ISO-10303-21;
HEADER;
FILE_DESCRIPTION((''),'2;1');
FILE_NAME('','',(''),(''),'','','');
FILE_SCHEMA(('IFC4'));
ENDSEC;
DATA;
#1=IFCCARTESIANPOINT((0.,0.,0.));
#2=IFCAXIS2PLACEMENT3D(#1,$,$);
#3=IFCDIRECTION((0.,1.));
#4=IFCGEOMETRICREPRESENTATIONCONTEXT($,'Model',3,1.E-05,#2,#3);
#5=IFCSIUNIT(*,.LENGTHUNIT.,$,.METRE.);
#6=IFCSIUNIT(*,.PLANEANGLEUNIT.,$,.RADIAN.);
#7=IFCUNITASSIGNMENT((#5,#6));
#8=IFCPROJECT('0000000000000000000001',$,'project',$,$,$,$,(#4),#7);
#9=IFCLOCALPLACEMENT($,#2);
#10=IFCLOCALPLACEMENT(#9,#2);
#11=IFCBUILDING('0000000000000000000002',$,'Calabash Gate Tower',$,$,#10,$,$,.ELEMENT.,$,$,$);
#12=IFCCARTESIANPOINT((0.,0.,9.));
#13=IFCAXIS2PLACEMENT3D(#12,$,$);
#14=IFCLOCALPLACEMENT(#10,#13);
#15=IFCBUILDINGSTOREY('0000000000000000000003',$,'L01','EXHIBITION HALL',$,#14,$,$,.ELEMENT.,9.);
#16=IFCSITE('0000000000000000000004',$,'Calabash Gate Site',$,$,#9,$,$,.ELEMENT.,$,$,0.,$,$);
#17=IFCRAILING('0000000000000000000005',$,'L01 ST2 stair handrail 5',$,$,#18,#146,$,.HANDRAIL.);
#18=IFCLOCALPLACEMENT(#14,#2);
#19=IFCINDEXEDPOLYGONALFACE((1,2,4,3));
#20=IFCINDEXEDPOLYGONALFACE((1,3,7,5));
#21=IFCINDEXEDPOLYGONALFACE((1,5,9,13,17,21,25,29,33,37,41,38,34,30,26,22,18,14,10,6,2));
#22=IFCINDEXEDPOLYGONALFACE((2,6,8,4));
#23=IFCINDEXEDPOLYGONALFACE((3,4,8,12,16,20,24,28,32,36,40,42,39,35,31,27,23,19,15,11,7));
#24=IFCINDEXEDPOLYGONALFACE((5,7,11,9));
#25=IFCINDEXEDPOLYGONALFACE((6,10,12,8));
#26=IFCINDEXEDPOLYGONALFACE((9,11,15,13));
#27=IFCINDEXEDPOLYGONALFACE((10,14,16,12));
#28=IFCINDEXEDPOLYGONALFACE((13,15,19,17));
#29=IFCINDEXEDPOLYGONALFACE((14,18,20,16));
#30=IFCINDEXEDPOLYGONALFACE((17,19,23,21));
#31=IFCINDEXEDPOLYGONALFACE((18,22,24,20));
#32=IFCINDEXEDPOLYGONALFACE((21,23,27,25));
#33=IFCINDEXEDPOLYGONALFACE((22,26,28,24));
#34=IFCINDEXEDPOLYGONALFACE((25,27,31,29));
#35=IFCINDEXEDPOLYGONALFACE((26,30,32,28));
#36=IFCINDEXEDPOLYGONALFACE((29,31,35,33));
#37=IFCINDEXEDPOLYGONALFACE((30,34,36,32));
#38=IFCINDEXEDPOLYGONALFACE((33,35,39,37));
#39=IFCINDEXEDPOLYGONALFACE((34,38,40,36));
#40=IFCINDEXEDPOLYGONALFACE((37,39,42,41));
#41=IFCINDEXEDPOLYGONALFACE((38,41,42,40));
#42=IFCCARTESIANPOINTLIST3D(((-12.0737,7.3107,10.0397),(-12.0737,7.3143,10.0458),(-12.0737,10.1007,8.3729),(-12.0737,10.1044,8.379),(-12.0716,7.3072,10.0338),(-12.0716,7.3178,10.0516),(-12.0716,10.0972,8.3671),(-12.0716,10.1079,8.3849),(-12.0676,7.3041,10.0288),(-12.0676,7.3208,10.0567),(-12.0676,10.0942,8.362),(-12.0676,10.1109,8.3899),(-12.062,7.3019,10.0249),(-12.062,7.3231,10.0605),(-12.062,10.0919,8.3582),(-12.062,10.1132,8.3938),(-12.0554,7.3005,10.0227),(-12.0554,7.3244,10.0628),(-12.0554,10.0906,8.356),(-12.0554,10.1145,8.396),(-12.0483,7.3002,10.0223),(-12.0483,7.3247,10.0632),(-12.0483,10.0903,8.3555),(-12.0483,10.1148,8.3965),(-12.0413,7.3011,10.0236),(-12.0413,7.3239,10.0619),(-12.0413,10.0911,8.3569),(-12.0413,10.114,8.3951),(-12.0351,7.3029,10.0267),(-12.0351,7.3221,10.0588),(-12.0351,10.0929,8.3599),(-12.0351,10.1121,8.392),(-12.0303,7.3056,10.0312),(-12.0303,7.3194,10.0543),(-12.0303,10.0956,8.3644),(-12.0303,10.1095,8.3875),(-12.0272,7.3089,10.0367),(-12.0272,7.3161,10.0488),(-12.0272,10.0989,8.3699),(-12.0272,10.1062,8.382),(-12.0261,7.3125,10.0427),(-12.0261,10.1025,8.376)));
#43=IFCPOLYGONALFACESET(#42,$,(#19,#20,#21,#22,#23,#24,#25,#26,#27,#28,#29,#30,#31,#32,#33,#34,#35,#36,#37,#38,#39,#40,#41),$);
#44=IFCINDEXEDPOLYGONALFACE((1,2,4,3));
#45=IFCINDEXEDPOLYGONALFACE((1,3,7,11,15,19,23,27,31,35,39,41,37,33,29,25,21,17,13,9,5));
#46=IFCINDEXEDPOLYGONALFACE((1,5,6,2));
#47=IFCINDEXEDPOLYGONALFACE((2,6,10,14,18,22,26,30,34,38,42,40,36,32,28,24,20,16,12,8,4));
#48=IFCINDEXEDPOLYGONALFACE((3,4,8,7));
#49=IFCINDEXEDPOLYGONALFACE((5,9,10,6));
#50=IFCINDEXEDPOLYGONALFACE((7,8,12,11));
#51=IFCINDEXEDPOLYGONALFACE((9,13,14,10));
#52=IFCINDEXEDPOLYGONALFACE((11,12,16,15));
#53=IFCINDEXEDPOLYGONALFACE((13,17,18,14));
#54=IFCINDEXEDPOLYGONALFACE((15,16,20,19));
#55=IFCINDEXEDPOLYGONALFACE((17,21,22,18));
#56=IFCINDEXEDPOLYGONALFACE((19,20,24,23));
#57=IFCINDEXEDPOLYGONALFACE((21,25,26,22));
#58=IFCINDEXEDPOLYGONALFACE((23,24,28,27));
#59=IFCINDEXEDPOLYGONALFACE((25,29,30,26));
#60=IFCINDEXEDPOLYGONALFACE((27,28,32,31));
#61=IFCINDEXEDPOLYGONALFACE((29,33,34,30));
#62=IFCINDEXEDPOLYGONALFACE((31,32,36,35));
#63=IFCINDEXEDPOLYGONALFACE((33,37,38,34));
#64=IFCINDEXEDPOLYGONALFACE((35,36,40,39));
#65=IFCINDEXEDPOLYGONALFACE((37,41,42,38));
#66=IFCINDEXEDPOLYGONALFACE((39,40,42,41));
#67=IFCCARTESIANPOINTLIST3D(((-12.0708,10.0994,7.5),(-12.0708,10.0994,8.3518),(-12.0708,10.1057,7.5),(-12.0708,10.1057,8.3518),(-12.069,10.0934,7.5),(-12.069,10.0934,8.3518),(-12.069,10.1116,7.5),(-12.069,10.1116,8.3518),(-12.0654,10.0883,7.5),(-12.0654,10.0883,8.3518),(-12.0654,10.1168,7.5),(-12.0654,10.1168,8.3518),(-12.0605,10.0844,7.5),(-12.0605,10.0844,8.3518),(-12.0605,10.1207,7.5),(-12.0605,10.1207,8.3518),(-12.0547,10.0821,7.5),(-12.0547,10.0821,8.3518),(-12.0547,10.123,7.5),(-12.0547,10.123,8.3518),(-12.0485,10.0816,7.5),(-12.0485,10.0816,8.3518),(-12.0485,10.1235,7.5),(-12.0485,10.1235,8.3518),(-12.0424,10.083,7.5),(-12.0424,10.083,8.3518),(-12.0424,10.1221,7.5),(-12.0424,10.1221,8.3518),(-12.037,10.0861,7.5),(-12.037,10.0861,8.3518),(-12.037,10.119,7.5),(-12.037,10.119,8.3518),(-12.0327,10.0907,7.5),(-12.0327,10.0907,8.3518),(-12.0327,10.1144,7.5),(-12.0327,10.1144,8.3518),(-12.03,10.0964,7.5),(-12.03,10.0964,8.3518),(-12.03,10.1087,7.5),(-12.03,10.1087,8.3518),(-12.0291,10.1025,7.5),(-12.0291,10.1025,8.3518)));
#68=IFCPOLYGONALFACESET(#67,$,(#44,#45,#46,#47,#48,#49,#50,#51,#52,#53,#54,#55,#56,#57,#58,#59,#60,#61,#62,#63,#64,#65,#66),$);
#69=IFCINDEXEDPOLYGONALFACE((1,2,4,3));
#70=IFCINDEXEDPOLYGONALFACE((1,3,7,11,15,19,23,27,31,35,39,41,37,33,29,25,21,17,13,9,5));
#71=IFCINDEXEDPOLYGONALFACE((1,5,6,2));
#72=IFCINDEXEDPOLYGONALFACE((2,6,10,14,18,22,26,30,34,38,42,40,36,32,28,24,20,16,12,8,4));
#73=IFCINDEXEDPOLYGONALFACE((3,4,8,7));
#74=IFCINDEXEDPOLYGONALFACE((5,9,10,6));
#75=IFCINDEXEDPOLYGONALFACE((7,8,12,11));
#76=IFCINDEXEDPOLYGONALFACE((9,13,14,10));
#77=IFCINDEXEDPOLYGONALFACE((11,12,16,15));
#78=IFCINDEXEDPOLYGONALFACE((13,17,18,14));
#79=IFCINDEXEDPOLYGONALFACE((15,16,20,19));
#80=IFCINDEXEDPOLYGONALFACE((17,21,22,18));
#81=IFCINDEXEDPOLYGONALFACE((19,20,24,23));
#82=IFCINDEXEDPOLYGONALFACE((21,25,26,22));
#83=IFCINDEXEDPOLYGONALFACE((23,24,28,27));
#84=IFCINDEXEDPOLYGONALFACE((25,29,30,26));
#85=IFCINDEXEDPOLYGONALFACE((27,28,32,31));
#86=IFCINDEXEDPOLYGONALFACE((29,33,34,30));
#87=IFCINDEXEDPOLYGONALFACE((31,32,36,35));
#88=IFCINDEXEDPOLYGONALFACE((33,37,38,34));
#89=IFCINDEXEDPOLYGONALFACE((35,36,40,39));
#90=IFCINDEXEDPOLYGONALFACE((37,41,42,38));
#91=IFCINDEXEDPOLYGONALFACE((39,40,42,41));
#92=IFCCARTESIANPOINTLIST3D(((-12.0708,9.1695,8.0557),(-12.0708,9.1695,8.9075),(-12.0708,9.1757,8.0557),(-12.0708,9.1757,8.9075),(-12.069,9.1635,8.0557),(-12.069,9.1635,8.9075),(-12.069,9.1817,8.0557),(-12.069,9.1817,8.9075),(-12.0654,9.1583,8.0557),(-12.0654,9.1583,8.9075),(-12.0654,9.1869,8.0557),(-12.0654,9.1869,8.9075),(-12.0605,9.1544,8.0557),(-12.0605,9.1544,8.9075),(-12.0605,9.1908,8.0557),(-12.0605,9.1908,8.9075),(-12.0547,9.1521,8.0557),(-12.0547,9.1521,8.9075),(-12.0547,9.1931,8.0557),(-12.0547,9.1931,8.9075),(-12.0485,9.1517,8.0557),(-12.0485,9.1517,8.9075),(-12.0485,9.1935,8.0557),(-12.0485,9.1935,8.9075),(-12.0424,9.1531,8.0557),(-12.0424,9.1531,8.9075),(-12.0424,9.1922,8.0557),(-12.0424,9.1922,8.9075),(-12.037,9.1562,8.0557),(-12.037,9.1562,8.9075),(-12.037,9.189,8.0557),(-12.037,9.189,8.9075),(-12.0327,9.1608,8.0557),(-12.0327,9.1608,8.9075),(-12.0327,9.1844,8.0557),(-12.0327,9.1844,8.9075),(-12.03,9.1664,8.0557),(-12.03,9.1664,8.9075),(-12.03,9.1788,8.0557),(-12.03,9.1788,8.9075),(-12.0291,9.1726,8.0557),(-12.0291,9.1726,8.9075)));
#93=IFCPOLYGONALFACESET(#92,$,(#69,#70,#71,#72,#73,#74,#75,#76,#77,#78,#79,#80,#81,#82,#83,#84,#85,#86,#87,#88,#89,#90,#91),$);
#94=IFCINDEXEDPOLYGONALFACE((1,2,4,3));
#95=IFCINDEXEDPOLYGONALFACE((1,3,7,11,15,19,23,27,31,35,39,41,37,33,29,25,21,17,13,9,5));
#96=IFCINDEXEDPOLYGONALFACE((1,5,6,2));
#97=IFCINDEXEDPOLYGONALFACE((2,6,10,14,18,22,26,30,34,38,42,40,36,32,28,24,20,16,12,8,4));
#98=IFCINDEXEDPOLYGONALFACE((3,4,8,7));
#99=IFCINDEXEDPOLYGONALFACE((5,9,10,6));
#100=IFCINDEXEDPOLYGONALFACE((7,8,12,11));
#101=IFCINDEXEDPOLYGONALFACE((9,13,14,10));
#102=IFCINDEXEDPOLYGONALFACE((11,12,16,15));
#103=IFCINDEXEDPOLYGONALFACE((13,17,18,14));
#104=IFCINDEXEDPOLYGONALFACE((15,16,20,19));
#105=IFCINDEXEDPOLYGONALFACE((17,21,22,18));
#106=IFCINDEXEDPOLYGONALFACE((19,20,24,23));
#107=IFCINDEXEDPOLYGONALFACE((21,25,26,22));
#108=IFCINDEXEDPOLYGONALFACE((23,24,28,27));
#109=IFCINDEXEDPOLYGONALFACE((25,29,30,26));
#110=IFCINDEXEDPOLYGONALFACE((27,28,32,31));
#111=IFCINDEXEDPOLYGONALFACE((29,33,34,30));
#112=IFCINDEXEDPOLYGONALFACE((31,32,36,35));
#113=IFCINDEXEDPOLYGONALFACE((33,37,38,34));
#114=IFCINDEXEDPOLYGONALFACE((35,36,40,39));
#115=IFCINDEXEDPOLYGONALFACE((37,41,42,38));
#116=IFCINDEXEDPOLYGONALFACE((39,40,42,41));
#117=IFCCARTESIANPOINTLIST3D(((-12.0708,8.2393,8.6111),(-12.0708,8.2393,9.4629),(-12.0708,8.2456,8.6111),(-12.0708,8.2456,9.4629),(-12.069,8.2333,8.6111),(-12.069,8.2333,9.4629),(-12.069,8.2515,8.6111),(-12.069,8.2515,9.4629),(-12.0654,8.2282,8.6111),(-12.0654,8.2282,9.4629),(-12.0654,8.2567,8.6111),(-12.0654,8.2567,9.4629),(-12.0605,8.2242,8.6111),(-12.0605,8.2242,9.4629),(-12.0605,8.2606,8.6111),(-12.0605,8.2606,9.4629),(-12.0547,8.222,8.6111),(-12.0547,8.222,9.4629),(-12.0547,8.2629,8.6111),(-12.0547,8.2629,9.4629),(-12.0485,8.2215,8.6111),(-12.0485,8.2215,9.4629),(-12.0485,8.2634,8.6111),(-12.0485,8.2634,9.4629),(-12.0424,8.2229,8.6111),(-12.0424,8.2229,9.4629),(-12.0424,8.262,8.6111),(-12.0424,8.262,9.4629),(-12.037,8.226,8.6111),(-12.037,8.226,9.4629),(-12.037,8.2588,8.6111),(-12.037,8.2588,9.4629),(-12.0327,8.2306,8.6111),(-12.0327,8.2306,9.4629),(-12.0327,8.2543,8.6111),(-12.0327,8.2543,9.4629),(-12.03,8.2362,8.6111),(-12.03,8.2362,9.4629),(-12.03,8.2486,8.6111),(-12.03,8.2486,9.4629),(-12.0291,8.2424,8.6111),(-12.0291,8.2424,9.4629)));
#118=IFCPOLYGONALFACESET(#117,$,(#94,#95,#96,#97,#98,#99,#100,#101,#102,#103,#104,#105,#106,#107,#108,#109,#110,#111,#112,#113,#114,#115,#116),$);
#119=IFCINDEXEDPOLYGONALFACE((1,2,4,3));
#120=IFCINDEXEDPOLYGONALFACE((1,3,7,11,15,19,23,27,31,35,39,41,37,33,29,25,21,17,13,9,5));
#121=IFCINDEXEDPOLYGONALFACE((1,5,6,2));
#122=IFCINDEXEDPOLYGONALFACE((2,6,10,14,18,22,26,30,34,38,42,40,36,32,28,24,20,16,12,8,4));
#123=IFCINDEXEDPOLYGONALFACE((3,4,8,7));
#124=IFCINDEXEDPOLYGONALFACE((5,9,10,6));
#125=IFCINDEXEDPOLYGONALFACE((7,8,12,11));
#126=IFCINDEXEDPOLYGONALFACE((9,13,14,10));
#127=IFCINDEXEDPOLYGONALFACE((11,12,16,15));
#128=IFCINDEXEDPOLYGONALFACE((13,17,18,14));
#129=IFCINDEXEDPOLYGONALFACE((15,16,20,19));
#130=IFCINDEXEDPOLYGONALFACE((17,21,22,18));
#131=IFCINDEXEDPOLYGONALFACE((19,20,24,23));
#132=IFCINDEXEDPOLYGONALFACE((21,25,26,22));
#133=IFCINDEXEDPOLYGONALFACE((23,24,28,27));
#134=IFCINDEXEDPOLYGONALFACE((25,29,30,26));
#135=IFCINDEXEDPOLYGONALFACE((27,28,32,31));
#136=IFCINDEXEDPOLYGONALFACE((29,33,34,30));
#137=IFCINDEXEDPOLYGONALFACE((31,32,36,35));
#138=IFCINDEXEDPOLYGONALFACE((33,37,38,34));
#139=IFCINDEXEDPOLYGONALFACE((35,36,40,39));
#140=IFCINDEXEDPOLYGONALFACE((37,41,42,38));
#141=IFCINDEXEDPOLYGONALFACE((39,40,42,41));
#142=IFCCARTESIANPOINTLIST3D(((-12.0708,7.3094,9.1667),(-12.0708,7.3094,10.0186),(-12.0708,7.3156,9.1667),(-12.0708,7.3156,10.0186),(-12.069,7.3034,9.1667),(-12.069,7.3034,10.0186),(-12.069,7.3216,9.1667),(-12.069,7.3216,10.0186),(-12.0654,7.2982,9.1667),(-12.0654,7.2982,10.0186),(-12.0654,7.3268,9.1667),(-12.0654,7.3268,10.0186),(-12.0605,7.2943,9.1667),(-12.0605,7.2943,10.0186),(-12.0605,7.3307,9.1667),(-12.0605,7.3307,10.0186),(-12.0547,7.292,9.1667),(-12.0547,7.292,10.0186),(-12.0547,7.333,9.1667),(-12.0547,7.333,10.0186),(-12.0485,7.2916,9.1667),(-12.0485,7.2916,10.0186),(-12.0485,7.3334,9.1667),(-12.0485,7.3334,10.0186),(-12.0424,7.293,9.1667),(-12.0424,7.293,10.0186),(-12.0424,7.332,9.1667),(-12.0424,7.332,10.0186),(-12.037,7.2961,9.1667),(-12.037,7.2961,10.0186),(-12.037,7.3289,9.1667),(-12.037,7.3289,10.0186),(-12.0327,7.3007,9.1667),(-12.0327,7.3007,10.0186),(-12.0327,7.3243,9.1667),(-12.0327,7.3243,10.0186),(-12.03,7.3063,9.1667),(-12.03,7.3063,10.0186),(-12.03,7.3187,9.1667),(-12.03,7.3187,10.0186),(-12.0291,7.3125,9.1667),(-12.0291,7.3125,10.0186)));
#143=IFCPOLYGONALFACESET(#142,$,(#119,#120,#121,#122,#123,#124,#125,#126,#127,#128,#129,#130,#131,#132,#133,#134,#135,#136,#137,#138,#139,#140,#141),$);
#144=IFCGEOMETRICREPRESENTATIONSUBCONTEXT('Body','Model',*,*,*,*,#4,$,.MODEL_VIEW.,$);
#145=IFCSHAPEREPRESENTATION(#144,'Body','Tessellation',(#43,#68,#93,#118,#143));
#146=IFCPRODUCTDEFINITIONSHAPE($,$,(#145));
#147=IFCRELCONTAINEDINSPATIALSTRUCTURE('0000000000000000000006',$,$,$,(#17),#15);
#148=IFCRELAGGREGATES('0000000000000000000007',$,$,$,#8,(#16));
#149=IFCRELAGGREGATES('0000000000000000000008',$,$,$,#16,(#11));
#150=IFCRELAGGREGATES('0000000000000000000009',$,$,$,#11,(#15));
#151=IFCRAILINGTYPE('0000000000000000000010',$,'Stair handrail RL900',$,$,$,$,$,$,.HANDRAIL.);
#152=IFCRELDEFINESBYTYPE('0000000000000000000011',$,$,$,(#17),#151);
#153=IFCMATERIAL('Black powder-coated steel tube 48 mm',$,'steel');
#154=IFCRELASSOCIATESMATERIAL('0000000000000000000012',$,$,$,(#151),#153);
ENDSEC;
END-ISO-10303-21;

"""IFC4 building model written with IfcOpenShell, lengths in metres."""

from ifc_helpers import new_model, si_unit, direction, frame, origin, origin_2d, place, context, subcontext, project, spatial, circle, extrude, material, type_object, element, save


model = new_model("IFC4")

# Units and contexts
model_context = context("Model", 3, precision=1e-05, world=origin(), true_north=direction((0.0, 1.0)))
body_context = subcontext(model_context, "Body", "Model", "MODEL_VIEW")
ifc_project = project(units=[si_unit("LENGTHUNIT", "METRE"), si_unit("PLANEANGLEUNIT", "RADIAN")], contexts=[model_context])

# Site, building, storey
site_placement = place(None, origin())
site = spatial("IfcSite", under=ifc_project, at=site_placement, Name="Calabash Gate Site", CompositionType="ELEMENT", RefElevation=0.0)
building_placement = place(site_placement, origin())
building = spatial("IfcBuilding", under=site, at=building_placement, Name="Calabash Gate Tower", CompositionType="ELEMENT")
storey_placement = place(building_placement, frame((0.0, 0.0, 9.0)))
storey = spatial("IfcBuildingStorey", under=building, at=storey_placement, Name="L01", Description="EXHIBITION HALL", CompositionType="ELEMENT", Elevation=9.0)

# Railing
ifc_material_1 = material(Name="Black powder-coated steel tube 48 mm", Category="steel")
railing_type = type_object("IfcRailingType", Name="Stair handrail RL900", PredefinedType="HANDRAIL", material=ifc_material_1)
railing_1_placement = place(storey_placement, frame((-12.05, 10.1025, 7.5)))
element("IfcRailing", 1, at=railing_1_placement, inside=storey, type_object=railing_type, Name="L01 ST2 stair handrail 5", PredefinedType="HANDRAIL", context=body_context, shape_type="SweptSolid", body=[
    extrude(circle(Radius=0.0239, at=origin_2d()), frame((0.0, 0.0, 0.876), z_axis=(0.0, -0.858479, 0.512849), x_axis=(1.0, 0.0, 0.0)), (0.0, 0.0, 1.0), 3.25),
    extrude(circle(Radius=0.021, at=origin_2d()), origin(), (0.0, 0.0, 1.0), 0.8518),
    extrude(circle(Radius=0.021, at=origin_2d()), frame((0.0, -0.9299, 0.5557)), (0.0, 0.0, 1.0), 0.8518),
    extrude(circle(Radius=0.021, at=origin_2d()), frame((0.0, -1.8601, 1.1111)), (0.0, 0.0, 1.0), 0.8518),
    extrude(circle(Radius=0.021, at=origin_2d()), frame((0.0, -2.79, 1.6667)), (0.0, 0.0, 1.0), 0.8518),
])

save(model, "model.ifc")
